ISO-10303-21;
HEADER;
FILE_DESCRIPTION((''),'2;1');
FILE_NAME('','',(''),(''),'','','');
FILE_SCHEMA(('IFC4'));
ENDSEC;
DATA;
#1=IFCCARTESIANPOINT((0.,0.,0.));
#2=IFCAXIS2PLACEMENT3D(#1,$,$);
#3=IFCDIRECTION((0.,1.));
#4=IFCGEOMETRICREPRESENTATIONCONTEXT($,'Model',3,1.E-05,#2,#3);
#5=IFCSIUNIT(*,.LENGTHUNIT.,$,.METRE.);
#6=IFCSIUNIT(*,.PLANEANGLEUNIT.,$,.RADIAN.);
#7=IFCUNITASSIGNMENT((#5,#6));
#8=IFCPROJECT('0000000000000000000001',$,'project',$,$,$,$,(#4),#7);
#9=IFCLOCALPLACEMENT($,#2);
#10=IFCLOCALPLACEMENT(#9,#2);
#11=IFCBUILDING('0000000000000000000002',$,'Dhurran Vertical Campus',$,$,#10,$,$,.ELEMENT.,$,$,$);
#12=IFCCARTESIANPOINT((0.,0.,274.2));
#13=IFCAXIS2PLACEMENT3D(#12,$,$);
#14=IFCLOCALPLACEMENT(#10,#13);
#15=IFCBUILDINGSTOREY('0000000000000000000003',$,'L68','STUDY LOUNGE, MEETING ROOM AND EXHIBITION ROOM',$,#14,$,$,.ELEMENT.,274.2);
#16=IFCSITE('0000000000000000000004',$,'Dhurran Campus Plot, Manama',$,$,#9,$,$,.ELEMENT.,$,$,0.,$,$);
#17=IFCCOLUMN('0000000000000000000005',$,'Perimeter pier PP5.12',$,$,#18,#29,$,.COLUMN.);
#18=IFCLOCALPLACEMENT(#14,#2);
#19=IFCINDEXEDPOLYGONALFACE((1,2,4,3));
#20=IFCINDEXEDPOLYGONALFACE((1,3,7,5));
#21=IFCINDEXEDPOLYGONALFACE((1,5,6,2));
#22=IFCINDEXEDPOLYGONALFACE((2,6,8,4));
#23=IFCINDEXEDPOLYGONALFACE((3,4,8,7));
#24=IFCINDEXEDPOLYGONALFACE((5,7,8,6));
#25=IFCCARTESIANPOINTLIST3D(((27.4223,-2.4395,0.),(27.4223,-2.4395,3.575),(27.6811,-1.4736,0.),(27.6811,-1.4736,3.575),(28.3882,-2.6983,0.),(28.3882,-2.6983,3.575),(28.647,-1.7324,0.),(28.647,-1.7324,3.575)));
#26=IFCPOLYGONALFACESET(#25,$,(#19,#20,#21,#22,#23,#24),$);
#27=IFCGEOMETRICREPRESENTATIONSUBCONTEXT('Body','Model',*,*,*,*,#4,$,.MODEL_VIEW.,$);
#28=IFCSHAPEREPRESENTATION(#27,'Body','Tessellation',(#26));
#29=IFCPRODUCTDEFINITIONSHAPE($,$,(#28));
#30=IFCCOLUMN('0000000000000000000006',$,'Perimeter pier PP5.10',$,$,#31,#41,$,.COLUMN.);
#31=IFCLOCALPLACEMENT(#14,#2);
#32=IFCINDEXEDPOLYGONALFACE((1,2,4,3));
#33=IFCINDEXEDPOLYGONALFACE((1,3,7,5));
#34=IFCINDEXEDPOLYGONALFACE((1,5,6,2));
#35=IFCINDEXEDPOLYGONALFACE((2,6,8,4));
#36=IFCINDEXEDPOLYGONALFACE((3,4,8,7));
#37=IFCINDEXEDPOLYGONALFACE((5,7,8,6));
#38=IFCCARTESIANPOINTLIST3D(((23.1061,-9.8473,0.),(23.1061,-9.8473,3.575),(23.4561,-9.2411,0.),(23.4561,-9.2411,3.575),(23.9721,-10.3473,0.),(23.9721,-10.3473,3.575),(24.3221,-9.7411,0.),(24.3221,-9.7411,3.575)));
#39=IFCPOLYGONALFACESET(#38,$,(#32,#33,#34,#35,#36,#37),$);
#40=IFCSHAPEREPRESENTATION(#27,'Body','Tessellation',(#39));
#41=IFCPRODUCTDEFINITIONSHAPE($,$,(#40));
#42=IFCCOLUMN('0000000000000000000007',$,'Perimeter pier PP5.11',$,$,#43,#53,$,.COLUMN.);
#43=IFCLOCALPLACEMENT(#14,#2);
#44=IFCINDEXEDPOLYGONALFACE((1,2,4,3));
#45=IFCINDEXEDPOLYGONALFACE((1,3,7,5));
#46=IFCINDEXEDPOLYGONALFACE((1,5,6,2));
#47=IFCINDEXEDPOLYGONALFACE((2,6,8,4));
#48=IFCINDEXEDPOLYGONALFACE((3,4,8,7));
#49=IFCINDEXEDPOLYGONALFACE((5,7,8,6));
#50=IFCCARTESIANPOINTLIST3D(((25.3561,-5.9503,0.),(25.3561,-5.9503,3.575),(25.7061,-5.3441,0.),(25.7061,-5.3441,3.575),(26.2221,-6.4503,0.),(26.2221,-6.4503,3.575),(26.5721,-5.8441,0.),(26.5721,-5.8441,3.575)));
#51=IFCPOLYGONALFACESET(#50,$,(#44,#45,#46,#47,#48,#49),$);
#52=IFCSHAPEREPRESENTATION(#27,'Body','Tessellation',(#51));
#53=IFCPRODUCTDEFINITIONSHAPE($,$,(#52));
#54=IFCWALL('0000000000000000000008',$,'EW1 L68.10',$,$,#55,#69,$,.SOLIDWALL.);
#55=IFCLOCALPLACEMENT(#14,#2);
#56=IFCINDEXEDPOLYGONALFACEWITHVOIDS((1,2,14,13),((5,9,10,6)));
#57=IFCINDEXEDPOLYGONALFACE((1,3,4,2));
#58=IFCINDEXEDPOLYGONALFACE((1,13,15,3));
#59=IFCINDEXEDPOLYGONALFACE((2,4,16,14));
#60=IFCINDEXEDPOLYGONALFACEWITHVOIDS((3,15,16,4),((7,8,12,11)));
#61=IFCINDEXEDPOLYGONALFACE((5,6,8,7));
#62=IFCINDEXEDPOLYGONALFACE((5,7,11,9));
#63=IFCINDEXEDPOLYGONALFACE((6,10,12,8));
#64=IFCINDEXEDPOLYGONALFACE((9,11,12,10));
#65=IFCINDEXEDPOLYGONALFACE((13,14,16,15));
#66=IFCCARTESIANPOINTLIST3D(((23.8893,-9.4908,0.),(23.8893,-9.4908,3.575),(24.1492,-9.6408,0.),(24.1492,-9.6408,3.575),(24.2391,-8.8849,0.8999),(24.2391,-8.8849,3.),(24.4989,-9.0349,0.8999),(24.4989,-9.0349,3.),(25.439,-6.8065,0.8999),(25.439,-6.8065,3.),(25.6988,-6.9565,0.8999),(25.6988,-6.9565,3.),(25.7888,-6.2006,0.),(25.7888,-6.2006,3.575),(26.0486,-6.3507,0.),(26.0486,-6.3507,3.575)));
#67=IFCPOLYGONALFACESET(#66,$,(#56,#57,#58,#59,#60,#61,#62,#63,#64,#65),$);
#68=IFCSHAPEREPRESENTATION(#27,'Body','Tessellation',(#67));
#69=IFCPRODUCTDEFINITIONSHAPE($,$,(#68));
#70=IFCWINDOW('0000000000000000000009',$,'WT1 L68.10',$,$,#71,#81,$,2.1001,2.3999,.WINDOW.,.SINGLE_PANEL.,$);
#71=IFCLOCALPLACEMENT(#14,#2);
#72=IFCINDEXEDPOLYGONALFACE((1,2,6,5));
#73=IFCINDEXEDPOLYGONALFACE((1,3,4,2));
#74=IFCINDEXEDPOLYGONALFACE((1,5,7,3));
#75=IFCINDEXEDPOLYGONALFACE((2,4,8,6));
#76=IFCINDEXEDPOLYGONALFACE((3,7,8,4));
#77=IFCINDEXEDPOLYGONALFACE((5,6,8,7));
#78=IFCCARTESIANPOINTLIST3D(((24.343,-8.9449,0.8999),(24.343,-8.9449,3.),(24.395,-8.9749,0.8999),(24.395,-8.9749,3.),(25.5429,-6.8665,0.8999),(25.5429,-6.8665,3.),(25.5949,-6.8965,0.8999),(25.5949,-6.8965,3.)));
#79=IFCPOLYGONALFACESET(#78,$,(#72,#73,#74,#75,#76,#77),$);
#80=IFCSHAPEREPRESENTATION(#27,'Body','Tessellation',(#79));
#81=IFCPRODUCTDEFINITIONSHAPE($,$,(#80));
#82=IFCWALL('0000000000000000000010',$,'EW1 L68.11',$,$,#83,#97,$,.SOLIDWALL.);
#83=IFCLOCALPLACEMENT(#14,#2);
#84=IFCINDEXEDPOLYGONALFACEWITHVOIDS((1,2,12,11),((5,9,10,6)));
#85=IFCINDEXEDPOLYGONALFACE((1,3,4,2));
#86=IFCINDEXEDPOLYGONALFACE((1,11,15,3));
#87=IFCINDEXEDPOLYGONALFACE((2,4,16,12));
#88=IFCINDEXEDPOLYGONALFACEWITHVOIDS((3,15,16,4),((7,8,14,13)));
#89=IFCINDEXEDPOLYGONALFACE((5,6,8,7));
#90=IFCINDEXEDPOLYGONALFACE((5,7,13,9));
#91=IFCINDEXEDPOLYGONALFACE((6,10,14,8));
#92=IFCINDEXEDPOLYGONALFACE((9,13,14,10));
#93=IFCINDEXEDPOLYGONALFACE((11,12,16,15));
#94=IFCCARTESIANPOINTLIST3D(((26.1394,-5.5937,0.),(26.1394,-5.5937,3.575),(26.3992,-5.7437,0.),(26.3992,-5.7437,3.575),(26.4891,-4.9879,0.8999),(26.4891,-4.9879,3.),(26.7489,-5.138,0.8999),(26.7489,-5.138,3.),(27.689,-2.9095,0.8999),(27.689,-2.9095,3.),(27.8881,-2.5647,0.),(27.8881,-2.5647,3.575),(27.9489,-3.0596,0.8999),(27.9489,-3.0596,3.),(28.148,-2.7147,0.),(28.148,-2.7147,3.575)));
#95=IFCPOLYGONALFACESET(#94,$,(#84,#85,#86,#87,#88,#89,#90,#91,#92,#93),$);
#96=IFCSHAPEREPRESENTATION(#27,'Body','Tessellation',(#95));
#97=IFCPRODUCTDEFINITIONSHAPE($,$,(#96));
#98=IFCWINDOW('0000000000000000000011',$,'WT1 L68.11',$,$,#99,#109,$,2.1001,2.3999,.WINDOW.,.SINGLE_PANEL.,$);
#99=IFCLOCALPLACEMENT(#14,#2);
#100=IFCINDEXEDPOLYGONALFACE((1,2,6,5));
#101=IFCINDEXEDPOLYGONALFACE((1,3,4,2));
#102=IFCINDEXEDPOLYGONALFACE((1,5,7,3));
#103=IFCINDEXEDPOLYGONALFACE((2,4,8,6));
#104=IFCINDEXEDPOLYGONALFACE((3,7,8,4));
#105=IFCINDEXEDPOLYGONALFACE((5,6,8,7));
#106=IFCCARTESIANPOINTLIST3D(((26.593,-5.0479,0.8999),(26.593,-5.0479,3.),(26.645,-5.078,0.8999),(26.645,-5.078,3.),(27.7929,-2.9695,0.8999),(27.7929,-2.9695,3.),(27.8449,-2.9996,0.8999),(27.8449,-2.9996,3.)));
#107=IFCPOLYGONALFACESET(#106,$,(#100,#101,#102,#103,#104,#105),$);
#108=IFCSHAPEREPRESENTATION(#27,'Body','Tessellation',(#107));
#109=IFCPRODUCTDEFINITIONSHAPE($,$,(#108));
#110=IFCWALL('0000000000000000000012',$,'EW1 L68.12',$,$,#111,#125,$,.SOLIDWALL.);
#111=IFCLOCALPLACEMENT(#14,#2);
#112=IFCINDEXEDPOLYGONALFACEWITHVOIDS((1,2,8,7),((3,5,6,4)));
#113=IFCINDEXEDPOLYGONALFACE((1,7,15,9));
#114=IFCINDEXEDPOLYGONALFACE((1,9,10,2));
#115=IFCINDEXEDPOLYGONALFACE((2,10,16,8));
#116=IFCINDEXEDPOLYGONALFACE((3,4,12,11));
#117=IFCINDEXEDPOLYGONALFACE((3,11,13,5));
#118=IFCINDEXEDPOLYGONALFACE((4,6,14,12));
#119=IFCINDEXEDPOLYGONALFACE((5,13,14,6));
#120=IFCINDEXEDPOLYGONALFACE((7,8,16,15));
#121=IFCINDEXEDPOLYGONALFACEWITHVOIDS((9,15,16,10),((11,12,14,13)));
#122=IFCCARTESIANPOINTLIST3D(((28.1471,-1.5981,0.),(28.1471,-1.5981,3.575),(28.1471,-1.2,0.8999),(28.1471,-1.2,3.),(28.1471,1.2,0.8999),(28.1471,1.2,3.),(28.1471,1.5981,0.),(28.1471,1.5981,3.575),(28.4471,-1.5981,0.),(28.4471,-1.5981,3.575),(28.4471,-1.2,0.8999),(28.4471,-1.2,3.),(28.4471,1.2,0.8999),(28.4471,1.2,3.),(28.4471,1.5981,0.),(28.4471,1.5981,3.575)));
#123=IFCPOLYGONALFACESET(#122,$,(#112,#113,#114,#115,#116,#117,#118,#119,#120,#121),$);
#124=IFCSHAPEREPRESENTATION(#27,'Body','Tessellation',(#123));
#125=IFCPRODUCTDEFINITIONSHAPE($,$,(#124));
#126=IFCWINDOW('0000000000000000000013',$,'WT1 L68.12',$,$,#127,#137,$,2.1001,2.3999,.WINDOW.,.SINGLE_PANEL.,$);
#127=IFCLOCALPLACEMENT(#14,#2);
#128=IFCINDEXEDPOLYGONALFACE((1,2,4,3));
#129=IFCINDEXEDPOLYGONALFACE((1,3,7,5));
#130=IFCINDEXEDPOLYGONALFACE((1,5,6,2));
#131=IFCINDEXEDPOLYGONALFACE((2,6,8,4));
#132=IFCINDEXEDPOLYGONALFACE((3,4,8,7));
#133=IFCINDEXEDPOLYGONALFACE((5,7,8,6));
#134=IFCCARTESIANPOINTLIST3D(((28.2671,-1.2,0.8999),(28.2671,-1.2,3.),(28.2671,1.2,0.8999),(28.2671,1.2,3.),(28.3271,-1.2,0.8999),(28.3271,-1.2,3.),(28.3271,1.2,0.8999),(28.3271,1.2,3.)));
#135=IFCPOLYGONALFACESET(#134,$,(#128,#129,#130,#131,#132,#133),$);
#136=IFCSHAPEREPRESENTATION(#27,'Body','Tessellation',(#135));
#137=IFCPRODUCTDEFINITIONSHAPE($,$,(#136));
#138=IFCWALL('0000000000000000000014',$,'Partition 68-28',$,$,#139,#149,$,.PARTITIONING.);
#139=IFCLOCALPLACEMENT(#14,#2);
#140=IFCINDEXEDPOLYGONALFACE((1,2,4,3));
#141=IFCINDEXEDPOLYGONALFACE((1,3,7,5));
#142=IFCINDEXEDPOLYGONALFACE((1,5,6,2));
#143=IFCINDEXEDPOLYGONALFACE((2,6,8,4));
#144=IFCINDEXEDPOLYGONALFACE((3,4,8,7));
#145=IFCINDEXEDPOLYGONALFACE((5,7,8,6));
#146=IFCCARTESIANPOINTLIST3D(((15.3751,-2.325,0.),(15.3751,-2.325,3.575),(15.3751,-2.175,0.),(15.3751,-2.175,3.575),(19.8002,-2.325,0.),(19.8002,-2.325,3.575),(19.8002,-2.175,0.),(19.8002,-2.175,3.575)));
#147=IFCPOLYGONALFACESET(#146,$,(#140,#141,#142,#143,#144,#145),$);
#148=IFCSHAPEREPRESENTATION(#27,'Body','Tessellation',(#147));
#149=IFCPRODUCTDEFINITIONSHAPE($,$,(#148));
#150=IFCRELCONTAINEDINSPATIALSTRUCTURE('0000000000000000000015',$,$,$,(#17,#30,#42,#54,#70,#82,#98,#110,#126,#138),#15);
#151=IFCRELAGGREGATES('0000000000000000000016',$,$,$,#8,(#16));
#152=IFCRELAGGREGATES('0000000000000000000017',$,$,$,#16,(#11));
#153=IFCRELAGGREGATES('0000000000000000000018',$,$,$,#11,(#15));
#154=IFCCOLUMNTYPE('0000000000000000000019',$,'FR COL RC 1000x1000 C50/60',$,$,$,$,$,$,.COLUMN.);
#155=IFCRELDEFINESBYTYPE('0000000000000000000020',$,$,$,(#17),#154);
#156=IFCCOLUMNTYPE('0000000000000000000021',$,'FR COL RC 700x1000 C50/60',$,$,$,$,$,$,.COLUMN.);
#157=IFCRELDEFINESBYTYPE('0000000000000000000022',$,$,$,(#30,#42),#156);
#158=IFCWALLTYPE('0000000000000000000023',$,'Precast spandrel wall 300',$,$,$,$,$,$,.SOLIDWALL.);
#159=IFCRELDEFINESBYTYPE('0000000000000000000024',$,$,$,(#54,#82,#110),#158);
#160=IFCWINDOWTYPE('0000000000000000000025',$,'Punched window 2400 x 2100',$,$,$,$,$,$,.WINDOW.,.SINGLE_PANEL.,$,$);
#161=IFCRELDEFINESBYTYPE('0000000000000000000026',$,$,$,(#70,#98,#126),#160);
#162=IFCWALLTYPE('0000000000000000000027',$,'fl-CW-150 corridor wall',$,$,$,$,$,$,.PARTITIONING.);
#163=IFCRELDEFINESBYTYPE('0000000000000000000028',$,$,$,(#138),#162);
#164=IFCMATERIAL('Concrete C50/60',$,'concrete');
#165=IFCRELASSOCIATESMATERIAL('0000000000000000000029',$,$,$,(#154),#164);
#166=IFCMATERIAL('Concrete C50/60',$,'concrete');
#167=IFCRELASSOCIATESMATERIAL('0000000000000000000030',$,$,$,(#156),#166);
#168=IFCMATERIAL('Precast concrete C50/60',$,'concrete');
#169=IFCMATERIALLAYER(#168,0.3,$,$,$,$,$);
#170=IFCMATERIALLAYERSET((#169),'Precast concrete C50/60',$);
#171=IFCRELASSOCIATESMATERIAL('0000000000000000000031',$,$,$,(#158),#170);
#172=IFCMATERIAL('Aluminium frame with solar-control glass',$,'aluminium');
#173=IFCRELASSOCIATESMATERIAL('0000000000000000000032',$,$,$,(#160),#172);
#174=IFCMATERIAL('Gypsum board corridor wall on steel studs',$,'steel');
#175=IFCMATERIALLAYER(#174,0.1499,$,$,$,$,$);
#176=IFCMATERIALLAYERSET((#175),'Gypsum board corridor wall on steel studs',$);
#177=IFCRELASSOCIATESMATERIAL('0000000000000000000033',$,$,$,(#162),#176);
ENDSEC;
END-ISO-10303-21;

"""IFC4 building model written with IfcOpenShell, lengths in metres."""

from ifc_helpers import new_model, si_unit, direction, frame, frame_2d, origin, origin_2d, place, context, subcontext, project, spatial, rectangle, extrude, material, layer, layer_set, material_profile, profile_set, type_object, element, fill, save


model = new_model("IFC4")

# Units and contexts
model_context = context("Model", 3, precision=1e-05, world=origin(), true_north=direction((0.0, 1.0)))
body_context = subcontext(model_context, "Body", "Model", "MODEL_VIEW")
ifc_project = project(units=[si_unit("LENGTHUNIT", "METRE"), si_unit("PLANEANGLEUNIT", "RADIAN")], contexts=[model_context])

# Site, building, storey
site_placement = place(None, origin())
site = spatial("IfcSite", under=ifc_project, at=site_placement, Name="Dhurran Campus Plot, Manama", CompositionType="ELEMENT", RefElevation=0.0)
building_placement = place(site_placement, origin())
building = spatial("IfcBuilding", under=site, at=building_placement, Name="Dhurran Vertical Campus", CompositionType="ELEMENT")
storey_placement = place(building_placement, frame((0.0, 0.0, 274.2)))
storey = spatial("IfcBuildingStorey", under=building, at=storey_placement, Name="L68", Description="STUDY LOUNGE, MEETING ROOM AND EXHIBITION ROOM", CompositionType="ELEMENT", Elevation=274.2)

# Columns
ifc_material_1 = material(Name="Concrete C50/60", Category="concrete")
ifc_material_profile_1 = material_profile(ifc_material_1, rectangle(XDim=1.0, YDim=1.0, at=origin_2d()), Name="RC 1000x1000")
ifc_profile_set_1 = profile_set([ifc_material_profile_1], Name="Concrete C50/60")
column_type_1 = type_object("IfcColumnType", Name="FR COL RC 1000x1000 C50/60", PredefinedType="COLUMN", material=ifc_profile_set_1)
column_placement = place(storey_placement, frame((28.0347, -2.0859, 0.0), z_axis=(0.0, 0.0, 1.0), x_axis=(0.258819, 0.965926, 0.0)))
element("IfcColumn", 1, at=column_placement, inside=storey, type_object=column_type_1, Name="Perimeter pier PP5.12", PredefinedType="COLUMN", context=body_context, shape_type="SweptSolid", body=[
    extrude(rectangle(XDim=1.0, YDim=1.0, at=origin_2d()), origin(), (0.0, 0.0, 1.0), 3.575),
])
ifc_material_2 = material(Name="Concrete C50/60", Category="concrete")
ifc_material_profile_2 = material_profile(ifc_material_2, rectangle(XDim=0.7, YDim=1.0, at=origin_2d()), Name="RC 700x1000")
ifc_profile_set_2 = profile_set([ifc_material_profile_2], Name="Concrete C50/60")
column_type_2 = type_object("IfcColumnType", Name="FR COL RC 700x1000 C50/60", PredefinedType="COLUMN", material=ifc_profile_set_2)
for number, where, z_axis, x_axis, name in (
    (2, (23.7141, -9.7942, 0.0), (0.0, 0.0, 1.0), (0.5, 0.866025, 0.0), "Perimeter pier PP5.10"),
    (3, (25.9641, -5.8972, 0.0), (0.0, 0.0, 1.0), (0.5, 0.866025, 0.0), "Perimeter pier PP5.11"),
):
    element("IfcColumn", number, at=place(storey_placement, frame(where, z_axis=z_axis, x_axis=x_axis)), inside=storey, type_object=column_type_2, Name=name, PredefinedType="COLUMN", context=body_context, shape_type="SweptSolid", body=[
        extrude(rectangle(XDim=0.7, YDim=1.0, at=origin_2d()), origin(), (0.0, 0.0, 1.0), 3.575),
    ])

# Walls, openings, windows
ifc_material_3 = material(Name="Precast concrete C50/60", Category="concrete")
ifc_layer_1 = layer(ifc_material_3, 0.3)
ifc_layer_set_1 = layer_set([ifc_layer_1], Name="Precast concrete C50/60")
wall_type_1 = type_object("IfcWallType", Name="Precast spandrel wall 300", PredefinedType="SOLIDWALL", material=ifc_layer_set_1)
wall_1_placement = place(storey_placement, frame((24.0193, -9.5657, 0.0), z_axis=(0.0, 0.0, 1.0), x_axis=(0.499982, 0.866036, 0.0)))
wall_1 = element("IfcWall", 4, at=wall_1_placement, inside=storey, type_object=wall_type_1, Name="EW1 L68.10", PredefinedType="SOLIDWALL", context=body_context, shape_type="SweptSolid", body=[
    extrude(rectangle(XDim=3.7991, YDim=0.3, at=frame_2d((1.8994, 0.0))), origin(), (0.0, 0.0, 1.0), 3.575),
])
opening_1_placement = place(wall_1_placement, frame((0.6995, 0.0, 0.8999)))
opening_1 = element("IfcOpeningElement", 5, at=opening_1_placement, cuts=wall_1, PredefinedType="OPENING", context=body_context, shape_type="SweptSolid", body=[
    extrude(rectangle(XDim=2.3999, YDim=2.1001, at=frame_2d((1.2, 1.05))), frame((0.0, 0.1599, 0.0), z_axis=(0.0, -1.0, 0.0), x_axis=(1.0, 0.0, 0.0)), (0.0, 0.0, 1.0), 0.3201),
])
ifc_material_4 = material(Name="Aluminium frame with solar-control glass", Category="aluminium")
window_type = type_object("IfcWindowType", Name="Punched window 2400 x 2100", PartitioningType="SINGLE_PANEL", PredefinedType="WINDOW", material=ifc_material_4)
window_1_placement = place(opening_1_placement, origin())
window_1 = element("IfcWindow", 6, at=window_1_placement, inside=storey, type_object=window_type, Name="WT1 L68.10", OverallHeight=2.1001, OverallWidth=2.3999, PartitioningType="SINGLE_PANEL", PredefinedType="WINDOW", context=body_context, shape_type="SweptSolid", body=[
    extrude(rectangle(XDim=2.3999, YDim=2.1001, at=frame_2d((1.2, 1.05))), frame((0.0, 0.03, 0.0), z_axis=(0.0, -1.0, 0.0), x_axis=(1.0, 0.0, 0.0)), (0.0, 0.0, 1.0), 0.0601),
])
fill(opening_1, window_1)
wall_2_placement = place(storey_placement, frame((26.2693, -5.6687, 0.0), z_axis=(0.0, 0.0, 1.0), x_axis=(0.49999, 0.866031, 0.0)))
wall_2 = element("IfcWall", 7, at=wall_2_placement, inside=storey, type_object=wall_type_1, Name="EW1 L68.11", PredefinedType="SOLIDWALL", context=body_context, shape_type="SweptSolid", body=[
    extrude(rectangle(XDim=3.4976, YDim=0.3, at=frame_2d((1.7488, 0.0))), origin(), (0.0, 0.0, 1.0), 3.575),
])
opening_2_placement = place(wall_2_placement, frame((0.6995, 0.0, 0.8999)))
opening_2 = element("IfcOpeningElement", 8, at=opening_2_placement, cuts=wall_2, PredefinedType="OPENING", context=body_context, shape_type="SweptSolid", body=[
    extrude(rectangle(XDim=2.3999, YDim=2.1001, at=frame_2d((1.2, 1.05))), frame((0.0, 0.1599, 0.0), z_axis=(0.0, -1.0, 0.0), x_axis=(1.0, 0.0, 0.0)), (0.0, 0.0, 1.0), 0.3201),
])
window_2_placement = place(opening_2_placement, origin())
window_2 = element("IfcWindow", 9, at=window_2_placement, inside=storey, type_object=window_type, Name="WT1 L68.11", OverallHeight=2.1001, OverallWidth=2.3999, PartitioningType="SINGLE_PANEL", PredefinedType="WINDOW", context=body_context, shape_type="SweptSolid", body=[
    extrude(rectangle(XDim=2.3999, YDim=2.1001, at=frame_2d((1.2, 1.05))), frame((0.0, 0.03, 0.0), z_axis=(0.0, -1.0, 0.0), x_axis=(1.0, 0.0, 0.0)), (0.0, 0.0, 1.0), 0.0601),
])
fill(opening_2, window_2)
wall_3_placement = place(storey_placement, frame((28.2971, -1.5981, 0.0), z_axis=(0.0, 0.0, 1.0), x_axis=(0.0, 1.0, 0.0)))
wall_3 = element("IfcWall", 10, at=wall_3_placement, inside=storey, type_object=wall_type_1, Name="EW1 L68.12", PredefinedType="SOLIDWALL", context=body_context, shape_type="SweptSolid", body=[
    extrude(rectangle(XDim=3.1963, YDim=0.3, at=frame_2d((1.5981, 0.0))), origin(), (0.0, 0.0, 1.0), 3.575),
])
opening_3_placement = place(wall_3_placement, frame((0.3982, 0.0, 0.8999)))
opening_3 = element("IfcOpeningElement", 11, at=opening_3_placement, cuts=wall_3, PredefinedType="OPENING", context=body_context, shape_type="SweptSolid", body=[
    extrude(rectangle(XDim=2.3999, YDim=2.1001, at=frame_2d((1.2, 1.05))), frame((0.0, 0.1599, 0.0), z_axis=(0.0, -1.0, 0.0), x_axis=(1.0, 0.0, 0.0)), (0.0, 0.0, 1.0), 0.3201),
])
window_3_placement = place(opening_3_placement, origin())
window_3 = element("IfcWindow", 12, at=window_3_placement, inside=storey, type_object=window_type, Name="WT1 L68.12", OverallHeight=2.1001, OverallWidth=2.3999, PartitioningType="SINGLE_PANEL", PredefinedType="WINDOW", context=body_context, shape_type="SweptSolid", body=[
    extrude(rectangle(XDim=2.3999, YDim=2.1001, at=frame_2d((1.2, 1.05))), frame((0.0, 0.03, 0.0), z_axis=(0.0, -1.0, 0.0), x_axis=(1.0, 0.0, 0.0)), (0.0, 0.0, 1.0), 0.0601),
])
fill(opening_3, window_3)

# Wall
ifc_material_5 = material(Name="Gypsum board corridor wall on steel studs", Category="steel")
ifc_layer_2 = layer(ifc_material_5, 0.1499)
ifc_layer_set_2 = layer_set([ifc_layer_2], Name="Gypsum board corridor wall on steel studs")
wall_type_2 = type_object("IfcWallType", Name="fl-CW-150 corridor wall", PredefinedType="PARTITIONING", material=ifc_layer_set_2)
wall_4_placement = place(storey_placement, frame((19.8, -2.25, 0.0), z_axis=(0.0, 0.0, 1.0), x_axis=(-1.0, 0.0, 0.0)))
element("IfcWall", 13, at=wall_4_placement, inside=storey, type_object=wall_type_2, Name="Partition 68-28", PredefinedType="PARTITIONING", context=body_context, shape_type="SweptSolid", body=[
    extrude(rectangle(XDim=4.425, YDim=0.1499, at=frame_2d((2.2124, 0.0))), origin(), (0.0, 0.0, 1.0), 3.575),
])

save(model, "model.ifc")
